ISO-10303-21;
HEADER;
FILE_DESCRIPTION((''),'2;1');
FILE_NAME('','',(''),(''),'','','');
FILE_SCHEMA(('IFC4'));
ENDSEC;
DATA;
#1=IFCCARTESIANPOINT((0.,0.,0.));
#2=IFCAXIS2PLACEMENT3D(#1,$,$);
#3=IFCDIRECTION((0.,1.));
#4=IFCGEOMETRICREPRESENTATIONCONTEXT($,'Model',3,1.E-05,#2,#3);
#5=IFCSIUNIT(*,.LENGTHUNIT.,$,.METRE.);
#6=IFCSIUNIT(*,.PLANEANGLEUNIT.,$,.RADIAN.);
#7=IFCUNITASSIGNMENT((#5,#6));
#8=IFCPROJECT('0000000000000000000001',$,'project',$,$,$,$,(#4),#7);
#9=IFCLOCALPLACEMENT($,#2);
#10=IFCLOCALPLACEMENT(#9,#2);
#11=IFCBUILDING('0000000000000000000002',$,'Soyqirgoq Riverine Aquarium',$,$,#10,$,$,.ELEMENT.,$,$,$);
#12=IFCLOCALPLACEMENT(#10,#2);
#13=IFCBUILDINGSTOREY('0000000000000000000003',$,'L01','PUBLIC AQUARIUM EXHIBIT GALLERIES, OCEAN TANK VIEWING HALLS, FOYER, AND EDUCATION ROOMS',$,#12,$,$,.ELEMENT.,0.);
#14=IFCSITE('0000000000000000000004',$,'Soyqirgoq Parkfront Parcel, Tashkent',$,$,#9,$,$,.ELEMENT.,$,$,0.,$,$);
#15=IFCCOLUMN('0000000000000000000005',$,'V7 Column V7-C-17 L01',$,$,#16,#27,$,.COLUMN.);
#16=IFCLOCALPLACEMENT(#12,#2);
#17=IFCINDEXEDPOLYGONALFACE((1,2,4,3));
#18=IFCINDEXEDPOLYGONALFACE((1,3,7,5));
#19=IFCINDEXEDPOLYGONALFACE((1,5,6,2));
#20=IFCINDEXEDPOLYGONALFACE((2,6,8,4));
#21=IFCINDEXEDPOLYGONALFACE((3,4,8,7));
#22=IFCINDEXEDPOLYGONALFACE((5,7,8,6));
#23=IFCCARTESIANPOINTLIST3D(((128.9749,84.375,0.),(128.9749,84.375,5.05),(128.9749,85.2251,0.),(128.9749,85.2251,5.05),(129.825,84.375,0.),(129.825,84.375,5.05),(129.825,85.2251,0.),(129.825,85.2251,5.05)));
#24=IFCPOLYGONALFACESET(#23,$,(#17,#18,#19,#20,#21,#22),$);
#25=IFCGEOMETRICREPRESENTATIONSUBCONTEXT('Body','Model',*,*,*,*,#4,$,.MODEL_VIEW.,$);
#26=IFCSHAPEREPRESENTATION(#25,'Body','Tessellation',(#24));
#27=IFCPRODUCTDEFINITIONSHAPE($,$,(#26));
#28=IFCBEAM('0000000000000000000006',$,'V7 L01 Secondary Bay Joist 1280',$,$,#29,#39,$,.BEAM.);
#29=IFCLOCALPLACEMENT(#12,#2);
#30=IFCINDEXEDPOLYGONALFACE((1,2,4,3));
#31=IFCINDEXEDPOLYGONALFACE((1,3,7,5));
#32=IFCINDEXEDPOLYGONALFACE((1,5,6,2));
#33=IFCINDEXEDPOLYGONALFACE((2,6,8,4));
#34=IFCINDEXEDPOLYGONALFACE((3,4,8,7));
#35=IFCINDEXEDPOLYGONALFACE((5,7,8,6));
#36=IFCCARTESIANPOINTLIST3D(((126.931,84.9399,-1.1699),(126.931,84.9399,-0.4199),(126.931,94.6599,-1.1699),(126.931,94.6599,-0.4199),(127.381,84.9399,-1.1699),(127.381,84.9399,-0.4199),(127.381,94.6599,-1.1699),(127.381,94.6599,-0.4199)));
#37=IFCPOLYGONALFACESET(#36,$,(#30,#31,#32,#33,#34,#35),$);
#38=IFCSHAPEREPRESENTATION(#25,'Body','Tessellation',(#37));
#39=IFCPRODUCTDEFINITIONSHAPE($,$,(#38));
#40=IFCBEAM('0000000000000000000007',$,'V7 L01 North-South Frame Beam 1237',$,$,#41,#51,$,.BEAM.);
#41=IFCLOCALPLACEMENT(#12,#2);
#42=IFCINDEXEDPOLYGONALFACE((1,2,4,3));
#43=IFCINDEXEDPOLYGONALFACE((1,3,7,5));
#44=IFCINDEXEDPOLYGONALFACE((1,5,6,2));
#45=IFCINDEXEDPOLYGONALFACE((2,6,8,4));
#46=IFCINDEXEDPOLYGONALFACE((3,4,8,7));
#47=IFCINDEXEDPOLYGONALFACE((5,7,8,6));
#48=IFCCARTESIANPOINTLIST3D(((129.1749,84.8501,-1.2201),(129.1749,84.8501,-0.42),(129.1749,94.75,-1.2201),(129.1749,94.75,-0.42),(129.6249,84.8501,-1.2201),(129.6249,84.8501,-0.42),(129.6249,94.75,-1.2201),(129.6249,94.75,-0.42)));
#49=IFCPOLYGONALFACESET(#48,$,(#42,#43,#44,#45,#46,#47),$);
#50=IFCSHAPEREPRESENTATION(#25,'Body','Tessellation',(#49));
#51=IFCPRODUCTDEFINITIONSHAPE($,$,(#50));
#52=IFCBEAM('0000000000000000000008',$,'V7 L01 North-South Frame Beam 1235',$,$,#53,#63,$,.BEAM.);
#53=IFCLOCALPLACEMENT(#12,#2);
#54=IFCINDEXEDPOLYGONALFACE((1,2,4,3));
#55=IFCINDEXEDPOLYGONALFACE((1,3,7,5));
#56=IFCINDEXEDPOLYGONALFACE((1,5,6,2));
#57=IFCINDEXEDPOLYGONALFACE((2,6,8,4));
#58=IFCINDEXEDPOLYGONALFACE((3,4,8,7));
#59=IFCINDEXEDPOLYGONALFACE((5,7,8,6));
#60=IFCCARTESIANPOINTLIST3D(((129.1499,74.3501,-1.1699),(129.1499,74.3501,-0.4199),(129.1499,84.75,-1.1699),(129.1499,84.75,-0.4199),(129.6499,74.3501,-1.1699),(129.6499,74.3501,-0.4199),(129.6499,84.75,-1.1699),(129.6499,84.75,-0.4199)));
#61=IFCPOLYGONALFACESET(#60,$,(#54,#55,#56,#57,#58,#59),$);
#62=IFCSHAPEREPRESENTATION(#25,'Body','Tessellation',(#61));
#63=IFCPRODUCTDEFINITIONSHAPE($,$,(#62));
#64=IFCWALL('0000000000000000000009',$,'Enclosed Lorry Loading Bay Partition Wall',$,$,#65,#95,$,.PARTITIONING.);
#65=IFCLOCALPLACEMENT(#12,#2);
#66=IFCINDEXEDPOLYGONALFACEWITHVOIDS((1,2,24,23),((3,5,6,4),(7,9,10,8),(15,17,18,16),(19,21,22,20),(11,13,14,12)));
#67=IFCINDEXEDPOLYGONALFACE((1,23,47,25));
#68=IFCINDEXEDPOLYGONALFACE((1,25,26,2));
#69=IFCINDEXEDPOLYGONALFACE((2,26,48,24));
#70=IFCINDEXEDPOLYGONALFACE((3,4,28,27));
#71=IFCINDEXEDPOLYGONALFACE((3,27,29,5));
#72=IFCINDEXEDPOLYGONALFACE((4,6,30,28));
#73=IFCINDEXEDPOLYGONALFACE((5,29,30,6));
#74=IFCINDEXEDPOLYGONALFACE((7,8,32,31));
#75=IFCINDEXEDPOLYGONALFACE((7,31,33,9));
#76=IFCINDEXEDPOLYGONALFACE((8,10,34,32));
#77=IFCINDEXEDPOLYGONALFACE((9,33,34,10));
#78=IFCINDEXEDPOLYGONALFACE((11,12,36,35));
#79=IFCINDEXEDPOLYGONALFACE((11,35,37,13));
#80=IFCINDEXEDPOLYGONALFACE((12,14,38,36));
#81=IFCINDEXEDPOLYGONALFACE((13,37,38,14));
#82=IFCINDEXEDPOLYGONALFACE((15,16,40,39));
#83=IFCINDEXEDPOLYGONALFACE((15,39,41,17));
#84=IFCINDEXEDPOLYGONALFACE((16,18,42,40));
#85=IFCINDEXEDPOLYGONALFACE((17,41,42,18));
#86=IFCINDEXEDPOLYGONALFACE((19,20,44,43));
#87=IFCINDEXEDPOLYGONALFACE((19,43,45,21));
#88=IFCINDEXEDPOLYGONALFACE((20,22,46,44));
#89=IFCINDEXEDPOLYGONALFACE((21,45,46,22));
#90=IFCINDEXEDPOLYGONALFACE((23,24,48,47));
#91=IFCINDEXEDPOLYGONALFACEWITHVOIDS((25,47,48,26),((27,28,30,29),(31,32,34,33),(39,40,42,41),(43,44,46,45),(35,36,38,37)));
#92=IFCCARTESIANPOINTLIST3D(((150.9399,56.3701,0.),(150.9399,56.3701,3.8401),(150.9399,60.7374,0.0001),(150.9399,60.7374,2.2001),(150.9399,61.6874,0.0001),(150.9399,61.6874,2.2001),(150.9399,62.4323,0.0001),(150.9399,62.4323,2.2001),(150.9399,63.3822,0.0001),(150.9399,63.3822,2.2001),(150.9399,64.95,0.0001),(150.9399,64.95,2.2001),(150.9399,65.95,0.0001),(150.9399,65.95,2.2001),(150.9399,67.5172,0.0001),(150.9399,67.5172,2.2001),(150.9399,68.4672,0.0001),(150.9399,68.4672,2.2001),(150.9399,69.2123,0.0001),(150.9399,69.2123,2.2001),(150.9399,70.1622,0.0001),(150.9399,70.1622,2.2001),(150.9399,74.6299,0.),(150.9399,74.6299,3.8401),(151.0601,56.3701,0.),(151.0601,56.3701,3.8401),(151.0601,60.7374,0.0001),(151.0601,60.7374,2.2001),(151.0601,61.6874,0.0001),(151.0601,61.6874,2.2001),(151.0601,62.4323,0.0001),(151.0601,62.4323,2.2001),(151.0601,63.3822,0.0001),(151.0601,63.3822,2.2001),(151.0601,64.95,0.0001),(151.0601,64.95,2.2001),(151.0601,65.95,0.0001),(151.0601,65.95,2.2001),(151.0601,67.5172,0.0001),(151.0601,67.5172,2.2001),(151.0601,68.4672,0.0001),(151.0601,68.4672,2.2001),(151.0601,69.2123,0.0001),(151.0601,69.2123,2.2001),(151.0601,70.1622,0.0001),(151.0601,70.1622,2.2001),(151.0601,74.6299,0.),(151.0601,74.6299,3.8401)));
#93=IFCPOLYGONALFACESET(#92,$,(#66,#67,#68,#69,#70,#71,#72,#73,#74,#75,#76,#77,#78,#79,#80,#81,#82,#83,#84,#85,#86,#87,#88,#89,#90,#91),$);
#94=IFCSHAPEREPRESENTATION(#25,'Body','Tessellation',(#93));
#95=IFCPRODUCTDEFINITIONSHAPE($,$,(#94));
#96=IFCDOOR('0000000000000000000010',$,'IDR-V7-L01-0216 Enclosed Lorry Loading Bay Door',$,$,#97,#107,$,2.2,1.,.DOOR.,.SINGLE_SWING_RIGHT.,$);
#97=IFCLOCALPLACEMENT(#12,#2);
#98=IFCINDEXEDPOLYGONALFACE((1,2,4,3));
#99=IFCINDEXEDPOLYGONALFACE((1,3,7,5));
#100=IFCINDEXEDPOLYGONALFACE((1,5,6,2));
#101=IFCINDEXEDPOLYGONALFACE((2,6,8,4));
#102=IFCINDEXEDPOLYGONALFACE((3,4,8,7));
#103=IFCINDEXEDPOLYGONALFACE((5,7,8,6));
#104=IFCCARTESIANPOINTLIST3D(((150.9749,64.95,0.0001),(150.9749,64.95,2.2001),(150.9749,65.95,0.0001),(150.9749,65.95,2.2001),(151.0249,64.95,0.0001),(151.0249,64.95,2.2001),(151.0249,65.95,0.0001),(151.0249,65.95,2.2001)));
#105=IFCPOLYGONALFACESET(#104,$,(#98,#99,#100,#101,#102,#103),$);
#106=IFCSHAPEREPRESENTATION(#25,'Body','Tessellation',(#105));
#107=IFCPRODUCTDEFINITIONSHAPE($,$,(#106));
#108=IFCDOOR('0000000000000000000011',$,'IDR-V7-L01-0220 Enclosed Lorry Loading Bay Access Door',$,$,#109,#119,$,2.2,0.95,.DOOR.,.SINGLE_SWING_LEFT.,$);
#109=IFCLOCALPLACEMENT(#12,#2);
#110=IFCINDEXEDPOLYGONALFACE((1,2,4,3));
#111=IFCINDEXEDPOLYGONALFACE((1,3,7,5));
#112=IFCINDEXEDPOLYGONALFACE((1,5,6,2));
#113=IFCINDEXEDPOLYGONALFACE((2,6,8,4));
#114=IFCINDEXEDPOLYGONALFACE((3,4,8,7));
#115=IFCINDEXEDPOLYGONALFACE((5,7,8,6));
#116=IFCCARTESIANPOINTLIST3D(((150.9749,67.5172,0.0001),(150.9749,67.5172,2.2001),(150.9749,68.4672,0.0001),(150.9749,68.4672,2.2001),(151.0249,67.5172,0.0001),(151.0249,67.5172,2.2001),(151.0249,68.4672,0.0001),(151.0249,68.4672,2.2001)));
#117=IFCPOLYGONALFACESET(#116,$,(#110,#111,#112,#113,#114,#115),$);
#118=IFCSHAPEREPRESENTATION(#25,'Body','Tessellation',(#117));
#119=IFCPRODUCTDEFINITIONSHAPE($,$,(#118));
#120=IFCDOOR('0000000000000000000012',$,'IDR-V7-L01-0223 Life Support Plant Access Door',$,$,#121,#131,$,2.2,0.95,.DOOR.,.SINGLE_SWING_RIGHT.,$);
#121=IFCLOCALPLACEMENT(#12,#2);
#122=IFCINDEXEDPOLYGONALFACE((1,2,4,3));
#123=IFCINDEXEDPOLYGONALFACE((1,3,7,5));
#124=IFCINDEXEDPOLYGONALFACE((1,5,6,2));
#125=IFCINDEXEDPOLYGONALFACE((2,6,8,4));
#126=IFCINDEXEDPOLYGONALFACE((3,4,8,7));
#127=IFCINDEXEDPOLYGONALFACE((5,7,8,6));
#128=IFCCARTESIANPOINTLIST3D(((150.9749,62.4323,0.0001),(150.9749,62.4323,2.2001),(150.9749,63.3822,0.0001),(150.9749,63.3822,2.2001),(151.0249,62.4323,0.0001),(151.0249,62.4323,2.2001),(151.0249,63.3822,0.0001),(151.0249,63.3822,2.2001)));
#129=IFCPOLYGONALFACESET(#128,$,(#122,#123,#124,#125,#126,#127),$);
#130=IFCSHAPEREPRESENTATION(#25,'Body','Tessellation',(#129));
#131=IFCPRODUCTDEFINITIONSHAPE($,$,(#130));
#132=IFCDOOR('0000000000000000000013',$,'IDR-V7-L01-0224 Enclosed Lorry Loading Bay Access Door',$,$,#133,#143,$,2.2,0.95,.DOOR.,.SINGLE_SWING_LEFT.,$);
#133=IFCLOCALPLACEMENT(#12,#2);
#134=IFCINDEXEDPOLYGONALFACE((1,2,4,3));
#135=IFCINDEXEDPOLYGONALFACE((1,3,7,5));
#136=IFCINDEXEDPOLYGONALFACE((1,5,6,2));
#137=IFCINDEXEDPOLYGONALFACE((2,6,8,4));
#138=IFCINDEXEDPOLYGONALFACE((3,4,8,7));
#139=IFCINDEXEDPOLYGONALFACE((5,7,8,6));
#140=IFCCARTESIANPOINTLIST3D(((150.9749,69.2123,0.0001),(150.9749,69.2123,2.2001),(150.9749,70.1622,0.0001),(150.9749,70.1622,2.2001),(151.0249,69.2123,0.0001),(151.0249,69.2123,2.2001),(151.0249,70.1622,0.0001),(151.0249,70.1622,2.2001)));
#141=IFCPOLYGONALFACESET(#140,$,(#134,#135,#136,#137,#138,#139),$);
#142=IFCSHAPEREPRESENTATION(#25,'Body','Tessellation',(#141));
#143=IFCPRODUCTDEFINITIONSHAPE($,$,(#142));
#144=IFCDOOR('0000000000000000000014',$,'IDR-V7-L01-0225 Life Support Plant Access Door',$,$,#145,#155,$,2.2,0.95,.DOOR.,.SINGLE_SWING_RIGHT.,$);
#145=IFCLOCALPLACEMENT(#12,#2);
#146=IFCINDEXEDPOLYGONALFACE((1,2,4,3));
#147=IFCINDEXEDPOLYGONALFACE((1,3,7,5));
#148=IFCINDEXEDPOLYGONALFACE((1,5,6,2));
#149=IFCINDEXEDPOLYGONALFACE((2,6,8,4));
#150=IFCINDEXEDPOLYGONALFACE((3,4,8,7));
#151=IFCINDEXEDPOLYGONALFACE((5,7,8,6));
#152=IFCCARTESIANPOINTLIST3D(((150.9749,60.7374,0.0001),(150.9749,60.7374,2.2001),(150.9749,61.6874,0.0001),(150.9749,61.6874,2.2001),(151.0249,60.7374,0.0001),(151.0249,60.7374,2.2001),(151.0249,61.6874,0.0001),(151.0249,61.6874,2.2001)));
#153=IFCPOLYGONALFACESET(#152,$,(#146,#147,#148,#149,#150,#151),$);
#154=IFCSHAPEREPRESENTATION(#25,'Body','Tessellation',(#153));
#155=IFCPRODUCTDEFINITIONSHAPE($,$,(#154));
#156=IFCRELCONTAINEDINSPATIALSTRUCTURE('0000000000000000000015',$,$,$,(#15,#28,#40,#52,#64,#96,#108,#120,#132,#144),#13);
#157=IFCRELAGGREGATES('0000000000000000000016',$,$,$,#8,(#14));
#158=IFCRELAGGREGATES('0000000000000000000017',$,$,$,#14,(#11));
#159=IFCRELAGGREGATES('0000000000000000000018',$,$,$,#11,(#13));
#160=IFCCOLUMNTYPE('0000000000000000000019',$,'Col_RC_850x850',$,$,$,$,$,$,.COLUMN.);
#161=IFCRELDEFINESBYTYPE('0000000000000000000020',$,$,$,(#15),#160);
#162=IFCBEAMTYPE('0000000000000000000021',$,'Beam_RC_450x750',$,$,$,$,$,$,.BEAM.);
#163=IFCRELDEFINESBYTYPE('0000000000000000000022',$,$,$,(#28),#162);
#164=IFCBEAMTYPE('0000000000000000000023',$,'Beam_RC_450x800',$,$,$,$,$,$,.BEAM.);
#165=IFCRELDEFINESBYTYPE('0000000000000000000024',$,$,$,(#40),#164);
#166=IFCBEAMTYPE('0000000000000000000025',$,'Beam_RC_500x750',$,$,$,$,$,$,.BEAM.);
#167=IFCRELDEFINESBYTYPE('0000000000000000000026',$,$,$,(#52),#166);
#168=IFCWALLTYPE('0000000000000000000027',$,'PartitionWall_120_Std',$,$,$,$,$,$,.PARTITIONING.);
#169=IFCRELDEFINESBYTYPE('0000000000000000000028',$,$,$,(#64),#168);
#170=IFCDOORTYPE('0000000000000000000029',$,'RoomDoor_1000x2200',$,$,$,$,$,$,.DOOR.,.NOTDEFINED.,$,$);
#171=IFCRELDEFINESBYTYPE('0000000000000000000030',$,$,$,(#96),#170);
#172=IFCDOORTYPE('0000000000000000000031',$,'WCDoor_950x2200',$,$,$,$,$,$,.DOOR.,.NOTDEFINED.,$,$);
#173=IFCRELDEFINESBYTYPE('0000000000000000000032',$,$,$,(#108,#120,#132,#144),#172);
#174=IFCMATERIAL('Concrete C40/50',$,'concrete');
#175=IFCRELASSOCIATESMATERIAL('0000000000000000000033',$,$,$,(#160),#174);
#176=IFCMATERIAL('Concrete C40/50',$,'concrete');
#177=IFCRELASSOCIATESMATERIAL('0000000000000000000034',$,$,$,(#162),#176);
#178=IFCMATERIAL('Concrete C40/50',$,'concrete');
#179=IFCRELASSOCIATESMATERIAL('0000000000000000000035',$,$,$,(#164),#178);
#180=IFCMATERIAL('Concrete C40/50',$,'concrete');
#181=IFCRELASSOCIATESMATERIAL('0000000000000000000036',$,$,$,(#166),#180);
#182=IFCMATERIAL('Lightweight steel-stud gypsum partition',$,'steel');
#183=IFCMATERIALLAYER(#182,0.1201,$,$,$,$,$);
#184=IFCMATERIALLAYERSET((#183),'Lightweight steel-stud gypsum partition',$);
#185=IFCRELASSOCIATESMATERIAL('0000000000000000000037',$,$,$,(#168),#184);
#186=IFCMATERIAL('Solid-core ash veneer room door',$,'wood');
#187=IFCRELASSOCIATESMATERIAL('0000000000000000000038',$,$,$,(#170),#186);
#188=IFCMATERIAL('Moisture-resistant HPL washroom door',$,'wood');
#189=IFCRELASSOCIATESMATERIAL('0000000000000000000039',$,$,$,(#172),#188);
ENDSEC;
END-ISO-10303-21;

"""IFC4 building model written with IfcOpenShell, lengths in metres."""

from ifc_helpers import new_model, si_unit, direction, frame, frame_2d, origin, origin_2d, place, context, subcontext, project, spatial, rectangle, extrude, material, layer, layer_set, material_profile, profile_set, type_object, element, fill, save


model = new_model("IFC4")

# Units and contexts
model_context = context("Model", 3, precision=1e-05, world=origin(), true_north=direction((0.0, 1.0)))
body_context = subcontext(model_context, "Body", "Model", "MODEL_VIEW")
ifc_project = project(units=[si_unit("LENGTHUNIT", "METRE"), si_unit("PLANEANGLEUNIT", "RADIAN")], contexts=[model_context])

# Site, building, storey
site_placement = place(None, origin())
site = spatial("IfcSite", under=ifc_project, at=site_placement, Name="Soyqirgoq Parkfront Parcel, Tashkent", CompositionType="ELEMENT", RefElevation=0.0)
building_placement = place(site_placement, origin())
building = spatial("IfcBuilding", under=site, at=building_placement, Name="Soyqirgoq Riverine Aquarium", CompositionType="ELEMENT")
storey_placement = place(building_placement, origin())
storey = spatial("IfcBuildingStorey", under=building, at=storey_placement, Name="L01", Description="PUBLIC AQUARIUM EXHIBIT GALLERIES, OCEAN TANK VIEWING HALLS, FOYER, AND EDUCATION ROOMS", CompositionType="ELEMENT", Elevation=0.0)

# Column
ifc_material_1 = material(Name="Concrete C40/50", Category="concrete")
ifc_material_profile_1 = material_profile(ifc_material_1, rectangle(XDim=0.8501, YDim=0.8501, at=origin_2d()), Name="RC 850x850")
ifc_profile_set_1 = profile_set([ifc_material_profile_1], Name="Concrete C40/50")
column_type = type_object("IfcColumnType", Name="Col_RC_850x850", PredefinedType="COLUMN", material=ifc_profile_set_1)
column_placement = place(storey_placement, frame((129.3999, 84.8, 0.0), z_axis=(0.0, 0.0, 1.0), x_axis=(1.0, 0.0, 0.0)))
element("IfcColumn", 1, at=column_placement, inside=storey, type_object=column_type, Name="V7 Column V7-C-17 L01", PredefinedType="COLUMN", context=body_context, shape_type="SweptSolid", body=[
    extrude(rectangle(XDim=0.8501, YDim=0.8501, at=origin_2d()), origin(), (0.0, 0.0, 1.0), 5.05),
])

# Beams
ifc_material_2 = material(Name="Concrete C40/50", Category="concrete")
ifc_material_profile_2 = material_profile(ifc_material_2, rectangle(XDim=0.45, YDim=0.75, at=origin_2d()), Name="RC 450x750")
ifc_profile_set_2 = profile_set([ifc_material_profile_2], Name="Concrete C40/50")
beam_type_1 = type_object("IfcBeamType", Name="Beam_RC_450x750", PredefinedType="BEAM", material=ifc_profile_set_2)
beam_1_placement = place(storey_placement, frame((127.156, 84.9399, -0.7949), z_axis=(0.0, 1.0, 0.0), x_axis=(-1.0, 0.0, 0.0)))
element("IfcBeam", 2, at=beam_1_placement, inside=storey, type_object=beam_type_1, Name="V7 L01 Secondary Bay Joist 1280", PredefinedType="BEAM", context=body_context, shape_type="SweptSolid", body=[
    extrude(rectangle(XDim=0.45, YDim=0.75, at=origin_2d()), origin(), (0.0, 0.0, 1.0), 9.72),
])
ifc_material_3 = material(Name="Concrete C40/50", Category="concrete")
ifc_material_profile_3 = material_profile(ifc_material_3, rectangle(XDim=0.45, YDim=0.8, at=origin_2d()), Name="RC 450x800")
ifc_profile_set_3 = profile_set([ifc_material_profile_3], Name="Concrete C40/50")
beam_type_2 = type_object("IfcBeamType", Name="Beam_RC_450x800", PredefinedType="BEAM", material=ifc_profile_set_3)
beam_2_placement = place(storey_placement, frame((129.3999, 84.8501, -0.8201), z_axis=(0.0, 1.0, 0.0), x_axis=(-1.0, 0.0, 0.0)))
element("IfcBeam", 3, at=beam_2_placement, inside=storey, type_object=beam_type_2, Name="V7 L01 North-South Frame Beam 1237", PredefinedType="BEAM", context=body_context, shape_type="SweptSolid", body=[
    extrude(rectangle(XDim=0.45, YDim=0.8, at=origin_2d()), origin(), (0.0, 0.0, 1.0), 9.8999),
])
ifc_material_4 = material(Name="Concrete C40/50", Category="concrete")
ifc_material_profile_4 = material_profile(ifc_material_4, rectangle(XDim=0.5, YDim=0.75, at=origin_2d()), Name="RC 500x750")
ifc_profile_set_4 = profile_set([ifc_material_profile_4], Name="Concrete C40/50")
beam_type_3 = type_object("IfcBeamType", Name="Beam_RC_500x750", PredefinedType="BEAM", material=ifc_profile_set_4)
beam_3_placement = place(storey_placement, frame((129.3999, 74.3501, -0.7949), z_axis=(0.0, 1.0, 0.0), x_axis=(-1.0, 0.0, 0.0)))
element("IfcBeam", 4, at=beam_3_placement, inside=storey, type_object=beam_type_3, Name="V7 L01 North-South Frame Beam 1235", PredefinedType="BEAM", context=body_context, shape_type="SweptSolid", body=[
    extrude(rectangle(XDim=0.5, YDim=0.75, at=origin_2d()), origin(), (0.0, 0.0, 1.0), 10.3999),
])

# Wall, openings, doors
ifc_material_5 = material(Name="Lightweight steel-stud gypsum partition", Category="steel")
ifc_layer_1 = layer(ifc_material_5, 0.1201)
ifc_layer_set_1 = layer_set([ifc_layer_1], Name="Lightweight steel-stud gypsum partition")
wall_type_1 = type_object("IfcWallType", Name="PartitionWall_120_Std", PredefinedType="PARTITIONING", material=ifc_layer_set_1)
wall_1_placement = place(storey_placement, frame((151.0, 74.6299, 0.0), z_axis=(0.0, 0.0, 1.0), x_axis=(0.0, -1.0, 0.0)))
wall_1 = element("IfcWall", 5, at=wall_1_placement, inside=storey, type_object=wall_type_1, Name="Enclosed Lorry Loading Bay Partition Wall", PredefinedType="PARTITIONING", context=body_context, shape_type="SweptSolid", body=[
    extrude(rectangle(XDim=18.2598, YDim=0.1201, at=frame_2d((9.1299, 0.0))), origin(), (0.0, 0.0, 1.0), 3.8401),
])
opening_1_placement = place(wall_1_placement, frame((8.6799, 0.0, 0.0)))
opening_1 = element("IfcOpeningElement", 6, at=opening_1_placement, cuts=wall_1, PredefinedType="OPENING", context=body_context, shape_type="SweptSolid", body=[
    extrude(rectangle(XDim=1.0, YDim=2.2, at=frame_2d((0.5, 1.1001))), frame((0.0, 0.0701, 0.0), z_axis=(0.0, -1.0, 0.0), x_axis=(1.0, 0.0, 0.0)), (0.0, 0.0, 1.0), 0.1401),
])
opening_2_placement = place(wall_1_placement, frame((6.1626, 0.0, 0.0)))
opening_2 = element("IfcOpeningElement", 7, at=opening_2_placement, cuts=wall_1, PredefinedType="OPENING", context=body_context, shape_type="SweptSolid", body=[
    extrude(rectangle(XDim=0.95, YDim=2.2, at=frame_2d((0.4751, 1.1001))), frame((0.0, 0.0701, 0.0), z_axis=(0.0, -1.0, 0.0), x_axis=(1.0, 0.0, 0.0)), (0.0, 0.0, 1.0), 0.1401),
])
opening_3_placement = place(wall_1_placement, frame((11.2476, 0.0, 0.0)))
opening_3 = element("IfcOpeningElement", 8, at=opening_3_placement, cuts=wall_1, PredefinedType="OPENING", context=body_context, shape_type="SweptSolid", body=[
    extrude(rectangle(XDim=0.95, YDim=2.2, at=frame_2d((0.4751, 1.1001))), frame((0.0, 0.0701, 0.0), z_axis=(0.0, -1.0, 0.0), x_axis=(1.0, 0.0, 0.0)), (0.0, 0.0, 1.0), 0.1401),
])
opening_4_placement = place(wall_1_placement, frame((4.4675, 0.0, 0.0)))
opening_4 = element("IfcOpeningElement", 9, at=opening_4_placement, cuts=wall_1, PredefinedType="OPENING", context=body_context, shape_type="SweptSolid", body=[
    extrude(rectangle(XDim=0.95, YDim=2.2, at=frame_2d((0.4751, 1.1001))), frame((0.0, 0.0701, 0.0), z_axis=(0.0, -1.0, 0.0), x_axis=(1.0, 0.0, 0.0)), (0.0, 0.0, 1.0), 0.1401),
])
opening_5_placement = place(wall_1_placement, frame((12.9424, 0.0, 0.0)))
opening_5 = element("IfcOpeningElement", 10, at=opening_5_placement, cuts=wall_1, PredefinedType="OPENING", context=body_context, shape_type="SweptSolid", body=[
    extrude(rectangle(XDim=0.95, YDim=2.2, at=frame_2d((0.4751, 1.1001))), frame((0.0, 0.0701, 0.0), z_axis=(0.0, -1.0, 0.0), x_axis=(1.0, 0.0, 0.0)), (0.0, 0.0, 1.0), 0.1401),
])
ifc_material_6 = material(Name="Solid-core ash veneer room door", Category="wood")
door_type_1 = type_object("IfcDoorType", Name="RoomDoor_1000x2200", OperationType="NOTDEFINED", PredefinedType="DOOR", material=ifc_material_6)
door_1_placement = place(opening_1_placement, origin())
door_1 = element("IfcDoor", 11, at=door_1_placement, inside=storey, type_object=door_type_1, Name="IDR-V7-L01-0216 Enclosed Lorry Loading Bay Door", OperationType="SINGLE_SWING_RIGHT", OverallHeight=2.2, OverallWidth=1.0, PredefinedType="DOOR", context=body_context, shape_type="SweptSolid", body=[
    extrude(rectangle(XDim=1.0, YDim=2.2, at=frame_2d((0.5, 1.1001))), frame((0.0, 0.0249, 0.0), z_axis=(0.0, -1.0, 0.0), x_axis=(1.0, 0.0, 0.0)), (0.0, 0.0, 1.0), 0.05),
])
fill(opening_1, door_1)
ifc_material_7 = material(Name="Moisture-resistant HPL washroom door", Category="wood")
door_type_2 = type_object("IfcDoorType", Name="WCDoor_950x2200", OperationType="NOTDEFINED", PredefinedType="DOOR", material=ifc_material_7)
door_2_placement = place(opening_2_placement, origin())
door_2 = element("IfcDoor", 12, at=door_2_placement, inside=storey, type_object=door_type_2, Name="IDR-V7-L01-0220 Enclosed Lorry Loading Bay Access Door", OperationType="SINGLE_SWING_LEFT", OverallHeight=2.2, OverallWidth=0.95, PredefinedType="DOOR", context=body_context, shape_type="SweptSolid", body=[
    extrude(rectangle(XDim=0.95, YDim=2.2, at=frame_2d((0.4751, 1.1001))), frame((0.0, 0.0249, 0.0), z_axis=(0.0, -1.0, 0.0), x_axis=(1.0, 0.0, 0.0)), (0.0, 0.0, 1.0), 0.05),
])
fill(opening_2, door_2)
door_3_placement = place(opening_3_placement, origin())
door_3 = element("IfcDoor", 13, at=door_3_placement, inside=storey, type_object=door_type_2, Name="IDR-V7-L01-0223 Life Support Plant Access Door", OperationType="SINGLE_SWING_RIGHT", OverallHeight=2.2, OverallWidth=0.95, PredefinedType="DOOR", context=body_context, shape_type="SweptSolid", body=[
    extrude(rectangle(XDim=0.95, YDim=2.2, at=frame_2d((0.4751, 1.1001))), frame((0.0, 0.0249, 0.0), z_axis=(0.0, -1.0, 0.0), x_axis=(1.0, 0.0, 0.0)), (0.0, 0.0, 1.0), 0.05),
])
fill(opening_3, door_3)
door_4_placement = place(opening_4_placement, origin())
door_4 = element("IfcDoor", 14, at=door_4_placement, inside=storey, type_object=door_type_2, Name="IDR-V7-L01-0224 Enclosed Lorry Loading Bay Access Door", OperationType="SINGLE_SWING_LEFT", OverallHeight=2.2, OverallWidth=0.95, PredefinedType="DOOR", context=body_context, shape_type="SweptSolid", body=[
    extrude(rectangle(XDim=0.95, YDim=2.2, at=frame_2d((0.4751, 1.1001))), frame((0.0, 0.0249, 0.0), z_axis=(0.0, -1.0, 0.0), x_axis=(1.0, 0.0, 0.0)), (0.0, 0.0, 1.0), 0.05),
])
fill(opening_4, door_4)
door_5_placement = place(opening_5_placement, origin())
door_5 = element("IfcDoor", 15, at=door_5_placement, inside=storey, type_object=door_type_2, Name="IDR-V7-L01-0225 Life Support Plant Access Door", OperationType="SINGLE_SWING_RIGHT", OverallHeight=2.2, OverallWidth=0.95, PredefinedType="DOOR", context=body_context, shape_type="SweptSolid", body=[
    extrude(rectangle(XDim=0.95, YDim=2.2, at=frame_2d((0.4751, 1.1001))), frame((0.0, 0.0249, 0.0), z_axis=(0.0, -1.0, 0.0), x_axis=(1.0, 0.0, 0.0)), (0.0, 0.0, 1.0), 0.05),
])
fill(opening_5, door_5)

save(model, "model.ifc")
